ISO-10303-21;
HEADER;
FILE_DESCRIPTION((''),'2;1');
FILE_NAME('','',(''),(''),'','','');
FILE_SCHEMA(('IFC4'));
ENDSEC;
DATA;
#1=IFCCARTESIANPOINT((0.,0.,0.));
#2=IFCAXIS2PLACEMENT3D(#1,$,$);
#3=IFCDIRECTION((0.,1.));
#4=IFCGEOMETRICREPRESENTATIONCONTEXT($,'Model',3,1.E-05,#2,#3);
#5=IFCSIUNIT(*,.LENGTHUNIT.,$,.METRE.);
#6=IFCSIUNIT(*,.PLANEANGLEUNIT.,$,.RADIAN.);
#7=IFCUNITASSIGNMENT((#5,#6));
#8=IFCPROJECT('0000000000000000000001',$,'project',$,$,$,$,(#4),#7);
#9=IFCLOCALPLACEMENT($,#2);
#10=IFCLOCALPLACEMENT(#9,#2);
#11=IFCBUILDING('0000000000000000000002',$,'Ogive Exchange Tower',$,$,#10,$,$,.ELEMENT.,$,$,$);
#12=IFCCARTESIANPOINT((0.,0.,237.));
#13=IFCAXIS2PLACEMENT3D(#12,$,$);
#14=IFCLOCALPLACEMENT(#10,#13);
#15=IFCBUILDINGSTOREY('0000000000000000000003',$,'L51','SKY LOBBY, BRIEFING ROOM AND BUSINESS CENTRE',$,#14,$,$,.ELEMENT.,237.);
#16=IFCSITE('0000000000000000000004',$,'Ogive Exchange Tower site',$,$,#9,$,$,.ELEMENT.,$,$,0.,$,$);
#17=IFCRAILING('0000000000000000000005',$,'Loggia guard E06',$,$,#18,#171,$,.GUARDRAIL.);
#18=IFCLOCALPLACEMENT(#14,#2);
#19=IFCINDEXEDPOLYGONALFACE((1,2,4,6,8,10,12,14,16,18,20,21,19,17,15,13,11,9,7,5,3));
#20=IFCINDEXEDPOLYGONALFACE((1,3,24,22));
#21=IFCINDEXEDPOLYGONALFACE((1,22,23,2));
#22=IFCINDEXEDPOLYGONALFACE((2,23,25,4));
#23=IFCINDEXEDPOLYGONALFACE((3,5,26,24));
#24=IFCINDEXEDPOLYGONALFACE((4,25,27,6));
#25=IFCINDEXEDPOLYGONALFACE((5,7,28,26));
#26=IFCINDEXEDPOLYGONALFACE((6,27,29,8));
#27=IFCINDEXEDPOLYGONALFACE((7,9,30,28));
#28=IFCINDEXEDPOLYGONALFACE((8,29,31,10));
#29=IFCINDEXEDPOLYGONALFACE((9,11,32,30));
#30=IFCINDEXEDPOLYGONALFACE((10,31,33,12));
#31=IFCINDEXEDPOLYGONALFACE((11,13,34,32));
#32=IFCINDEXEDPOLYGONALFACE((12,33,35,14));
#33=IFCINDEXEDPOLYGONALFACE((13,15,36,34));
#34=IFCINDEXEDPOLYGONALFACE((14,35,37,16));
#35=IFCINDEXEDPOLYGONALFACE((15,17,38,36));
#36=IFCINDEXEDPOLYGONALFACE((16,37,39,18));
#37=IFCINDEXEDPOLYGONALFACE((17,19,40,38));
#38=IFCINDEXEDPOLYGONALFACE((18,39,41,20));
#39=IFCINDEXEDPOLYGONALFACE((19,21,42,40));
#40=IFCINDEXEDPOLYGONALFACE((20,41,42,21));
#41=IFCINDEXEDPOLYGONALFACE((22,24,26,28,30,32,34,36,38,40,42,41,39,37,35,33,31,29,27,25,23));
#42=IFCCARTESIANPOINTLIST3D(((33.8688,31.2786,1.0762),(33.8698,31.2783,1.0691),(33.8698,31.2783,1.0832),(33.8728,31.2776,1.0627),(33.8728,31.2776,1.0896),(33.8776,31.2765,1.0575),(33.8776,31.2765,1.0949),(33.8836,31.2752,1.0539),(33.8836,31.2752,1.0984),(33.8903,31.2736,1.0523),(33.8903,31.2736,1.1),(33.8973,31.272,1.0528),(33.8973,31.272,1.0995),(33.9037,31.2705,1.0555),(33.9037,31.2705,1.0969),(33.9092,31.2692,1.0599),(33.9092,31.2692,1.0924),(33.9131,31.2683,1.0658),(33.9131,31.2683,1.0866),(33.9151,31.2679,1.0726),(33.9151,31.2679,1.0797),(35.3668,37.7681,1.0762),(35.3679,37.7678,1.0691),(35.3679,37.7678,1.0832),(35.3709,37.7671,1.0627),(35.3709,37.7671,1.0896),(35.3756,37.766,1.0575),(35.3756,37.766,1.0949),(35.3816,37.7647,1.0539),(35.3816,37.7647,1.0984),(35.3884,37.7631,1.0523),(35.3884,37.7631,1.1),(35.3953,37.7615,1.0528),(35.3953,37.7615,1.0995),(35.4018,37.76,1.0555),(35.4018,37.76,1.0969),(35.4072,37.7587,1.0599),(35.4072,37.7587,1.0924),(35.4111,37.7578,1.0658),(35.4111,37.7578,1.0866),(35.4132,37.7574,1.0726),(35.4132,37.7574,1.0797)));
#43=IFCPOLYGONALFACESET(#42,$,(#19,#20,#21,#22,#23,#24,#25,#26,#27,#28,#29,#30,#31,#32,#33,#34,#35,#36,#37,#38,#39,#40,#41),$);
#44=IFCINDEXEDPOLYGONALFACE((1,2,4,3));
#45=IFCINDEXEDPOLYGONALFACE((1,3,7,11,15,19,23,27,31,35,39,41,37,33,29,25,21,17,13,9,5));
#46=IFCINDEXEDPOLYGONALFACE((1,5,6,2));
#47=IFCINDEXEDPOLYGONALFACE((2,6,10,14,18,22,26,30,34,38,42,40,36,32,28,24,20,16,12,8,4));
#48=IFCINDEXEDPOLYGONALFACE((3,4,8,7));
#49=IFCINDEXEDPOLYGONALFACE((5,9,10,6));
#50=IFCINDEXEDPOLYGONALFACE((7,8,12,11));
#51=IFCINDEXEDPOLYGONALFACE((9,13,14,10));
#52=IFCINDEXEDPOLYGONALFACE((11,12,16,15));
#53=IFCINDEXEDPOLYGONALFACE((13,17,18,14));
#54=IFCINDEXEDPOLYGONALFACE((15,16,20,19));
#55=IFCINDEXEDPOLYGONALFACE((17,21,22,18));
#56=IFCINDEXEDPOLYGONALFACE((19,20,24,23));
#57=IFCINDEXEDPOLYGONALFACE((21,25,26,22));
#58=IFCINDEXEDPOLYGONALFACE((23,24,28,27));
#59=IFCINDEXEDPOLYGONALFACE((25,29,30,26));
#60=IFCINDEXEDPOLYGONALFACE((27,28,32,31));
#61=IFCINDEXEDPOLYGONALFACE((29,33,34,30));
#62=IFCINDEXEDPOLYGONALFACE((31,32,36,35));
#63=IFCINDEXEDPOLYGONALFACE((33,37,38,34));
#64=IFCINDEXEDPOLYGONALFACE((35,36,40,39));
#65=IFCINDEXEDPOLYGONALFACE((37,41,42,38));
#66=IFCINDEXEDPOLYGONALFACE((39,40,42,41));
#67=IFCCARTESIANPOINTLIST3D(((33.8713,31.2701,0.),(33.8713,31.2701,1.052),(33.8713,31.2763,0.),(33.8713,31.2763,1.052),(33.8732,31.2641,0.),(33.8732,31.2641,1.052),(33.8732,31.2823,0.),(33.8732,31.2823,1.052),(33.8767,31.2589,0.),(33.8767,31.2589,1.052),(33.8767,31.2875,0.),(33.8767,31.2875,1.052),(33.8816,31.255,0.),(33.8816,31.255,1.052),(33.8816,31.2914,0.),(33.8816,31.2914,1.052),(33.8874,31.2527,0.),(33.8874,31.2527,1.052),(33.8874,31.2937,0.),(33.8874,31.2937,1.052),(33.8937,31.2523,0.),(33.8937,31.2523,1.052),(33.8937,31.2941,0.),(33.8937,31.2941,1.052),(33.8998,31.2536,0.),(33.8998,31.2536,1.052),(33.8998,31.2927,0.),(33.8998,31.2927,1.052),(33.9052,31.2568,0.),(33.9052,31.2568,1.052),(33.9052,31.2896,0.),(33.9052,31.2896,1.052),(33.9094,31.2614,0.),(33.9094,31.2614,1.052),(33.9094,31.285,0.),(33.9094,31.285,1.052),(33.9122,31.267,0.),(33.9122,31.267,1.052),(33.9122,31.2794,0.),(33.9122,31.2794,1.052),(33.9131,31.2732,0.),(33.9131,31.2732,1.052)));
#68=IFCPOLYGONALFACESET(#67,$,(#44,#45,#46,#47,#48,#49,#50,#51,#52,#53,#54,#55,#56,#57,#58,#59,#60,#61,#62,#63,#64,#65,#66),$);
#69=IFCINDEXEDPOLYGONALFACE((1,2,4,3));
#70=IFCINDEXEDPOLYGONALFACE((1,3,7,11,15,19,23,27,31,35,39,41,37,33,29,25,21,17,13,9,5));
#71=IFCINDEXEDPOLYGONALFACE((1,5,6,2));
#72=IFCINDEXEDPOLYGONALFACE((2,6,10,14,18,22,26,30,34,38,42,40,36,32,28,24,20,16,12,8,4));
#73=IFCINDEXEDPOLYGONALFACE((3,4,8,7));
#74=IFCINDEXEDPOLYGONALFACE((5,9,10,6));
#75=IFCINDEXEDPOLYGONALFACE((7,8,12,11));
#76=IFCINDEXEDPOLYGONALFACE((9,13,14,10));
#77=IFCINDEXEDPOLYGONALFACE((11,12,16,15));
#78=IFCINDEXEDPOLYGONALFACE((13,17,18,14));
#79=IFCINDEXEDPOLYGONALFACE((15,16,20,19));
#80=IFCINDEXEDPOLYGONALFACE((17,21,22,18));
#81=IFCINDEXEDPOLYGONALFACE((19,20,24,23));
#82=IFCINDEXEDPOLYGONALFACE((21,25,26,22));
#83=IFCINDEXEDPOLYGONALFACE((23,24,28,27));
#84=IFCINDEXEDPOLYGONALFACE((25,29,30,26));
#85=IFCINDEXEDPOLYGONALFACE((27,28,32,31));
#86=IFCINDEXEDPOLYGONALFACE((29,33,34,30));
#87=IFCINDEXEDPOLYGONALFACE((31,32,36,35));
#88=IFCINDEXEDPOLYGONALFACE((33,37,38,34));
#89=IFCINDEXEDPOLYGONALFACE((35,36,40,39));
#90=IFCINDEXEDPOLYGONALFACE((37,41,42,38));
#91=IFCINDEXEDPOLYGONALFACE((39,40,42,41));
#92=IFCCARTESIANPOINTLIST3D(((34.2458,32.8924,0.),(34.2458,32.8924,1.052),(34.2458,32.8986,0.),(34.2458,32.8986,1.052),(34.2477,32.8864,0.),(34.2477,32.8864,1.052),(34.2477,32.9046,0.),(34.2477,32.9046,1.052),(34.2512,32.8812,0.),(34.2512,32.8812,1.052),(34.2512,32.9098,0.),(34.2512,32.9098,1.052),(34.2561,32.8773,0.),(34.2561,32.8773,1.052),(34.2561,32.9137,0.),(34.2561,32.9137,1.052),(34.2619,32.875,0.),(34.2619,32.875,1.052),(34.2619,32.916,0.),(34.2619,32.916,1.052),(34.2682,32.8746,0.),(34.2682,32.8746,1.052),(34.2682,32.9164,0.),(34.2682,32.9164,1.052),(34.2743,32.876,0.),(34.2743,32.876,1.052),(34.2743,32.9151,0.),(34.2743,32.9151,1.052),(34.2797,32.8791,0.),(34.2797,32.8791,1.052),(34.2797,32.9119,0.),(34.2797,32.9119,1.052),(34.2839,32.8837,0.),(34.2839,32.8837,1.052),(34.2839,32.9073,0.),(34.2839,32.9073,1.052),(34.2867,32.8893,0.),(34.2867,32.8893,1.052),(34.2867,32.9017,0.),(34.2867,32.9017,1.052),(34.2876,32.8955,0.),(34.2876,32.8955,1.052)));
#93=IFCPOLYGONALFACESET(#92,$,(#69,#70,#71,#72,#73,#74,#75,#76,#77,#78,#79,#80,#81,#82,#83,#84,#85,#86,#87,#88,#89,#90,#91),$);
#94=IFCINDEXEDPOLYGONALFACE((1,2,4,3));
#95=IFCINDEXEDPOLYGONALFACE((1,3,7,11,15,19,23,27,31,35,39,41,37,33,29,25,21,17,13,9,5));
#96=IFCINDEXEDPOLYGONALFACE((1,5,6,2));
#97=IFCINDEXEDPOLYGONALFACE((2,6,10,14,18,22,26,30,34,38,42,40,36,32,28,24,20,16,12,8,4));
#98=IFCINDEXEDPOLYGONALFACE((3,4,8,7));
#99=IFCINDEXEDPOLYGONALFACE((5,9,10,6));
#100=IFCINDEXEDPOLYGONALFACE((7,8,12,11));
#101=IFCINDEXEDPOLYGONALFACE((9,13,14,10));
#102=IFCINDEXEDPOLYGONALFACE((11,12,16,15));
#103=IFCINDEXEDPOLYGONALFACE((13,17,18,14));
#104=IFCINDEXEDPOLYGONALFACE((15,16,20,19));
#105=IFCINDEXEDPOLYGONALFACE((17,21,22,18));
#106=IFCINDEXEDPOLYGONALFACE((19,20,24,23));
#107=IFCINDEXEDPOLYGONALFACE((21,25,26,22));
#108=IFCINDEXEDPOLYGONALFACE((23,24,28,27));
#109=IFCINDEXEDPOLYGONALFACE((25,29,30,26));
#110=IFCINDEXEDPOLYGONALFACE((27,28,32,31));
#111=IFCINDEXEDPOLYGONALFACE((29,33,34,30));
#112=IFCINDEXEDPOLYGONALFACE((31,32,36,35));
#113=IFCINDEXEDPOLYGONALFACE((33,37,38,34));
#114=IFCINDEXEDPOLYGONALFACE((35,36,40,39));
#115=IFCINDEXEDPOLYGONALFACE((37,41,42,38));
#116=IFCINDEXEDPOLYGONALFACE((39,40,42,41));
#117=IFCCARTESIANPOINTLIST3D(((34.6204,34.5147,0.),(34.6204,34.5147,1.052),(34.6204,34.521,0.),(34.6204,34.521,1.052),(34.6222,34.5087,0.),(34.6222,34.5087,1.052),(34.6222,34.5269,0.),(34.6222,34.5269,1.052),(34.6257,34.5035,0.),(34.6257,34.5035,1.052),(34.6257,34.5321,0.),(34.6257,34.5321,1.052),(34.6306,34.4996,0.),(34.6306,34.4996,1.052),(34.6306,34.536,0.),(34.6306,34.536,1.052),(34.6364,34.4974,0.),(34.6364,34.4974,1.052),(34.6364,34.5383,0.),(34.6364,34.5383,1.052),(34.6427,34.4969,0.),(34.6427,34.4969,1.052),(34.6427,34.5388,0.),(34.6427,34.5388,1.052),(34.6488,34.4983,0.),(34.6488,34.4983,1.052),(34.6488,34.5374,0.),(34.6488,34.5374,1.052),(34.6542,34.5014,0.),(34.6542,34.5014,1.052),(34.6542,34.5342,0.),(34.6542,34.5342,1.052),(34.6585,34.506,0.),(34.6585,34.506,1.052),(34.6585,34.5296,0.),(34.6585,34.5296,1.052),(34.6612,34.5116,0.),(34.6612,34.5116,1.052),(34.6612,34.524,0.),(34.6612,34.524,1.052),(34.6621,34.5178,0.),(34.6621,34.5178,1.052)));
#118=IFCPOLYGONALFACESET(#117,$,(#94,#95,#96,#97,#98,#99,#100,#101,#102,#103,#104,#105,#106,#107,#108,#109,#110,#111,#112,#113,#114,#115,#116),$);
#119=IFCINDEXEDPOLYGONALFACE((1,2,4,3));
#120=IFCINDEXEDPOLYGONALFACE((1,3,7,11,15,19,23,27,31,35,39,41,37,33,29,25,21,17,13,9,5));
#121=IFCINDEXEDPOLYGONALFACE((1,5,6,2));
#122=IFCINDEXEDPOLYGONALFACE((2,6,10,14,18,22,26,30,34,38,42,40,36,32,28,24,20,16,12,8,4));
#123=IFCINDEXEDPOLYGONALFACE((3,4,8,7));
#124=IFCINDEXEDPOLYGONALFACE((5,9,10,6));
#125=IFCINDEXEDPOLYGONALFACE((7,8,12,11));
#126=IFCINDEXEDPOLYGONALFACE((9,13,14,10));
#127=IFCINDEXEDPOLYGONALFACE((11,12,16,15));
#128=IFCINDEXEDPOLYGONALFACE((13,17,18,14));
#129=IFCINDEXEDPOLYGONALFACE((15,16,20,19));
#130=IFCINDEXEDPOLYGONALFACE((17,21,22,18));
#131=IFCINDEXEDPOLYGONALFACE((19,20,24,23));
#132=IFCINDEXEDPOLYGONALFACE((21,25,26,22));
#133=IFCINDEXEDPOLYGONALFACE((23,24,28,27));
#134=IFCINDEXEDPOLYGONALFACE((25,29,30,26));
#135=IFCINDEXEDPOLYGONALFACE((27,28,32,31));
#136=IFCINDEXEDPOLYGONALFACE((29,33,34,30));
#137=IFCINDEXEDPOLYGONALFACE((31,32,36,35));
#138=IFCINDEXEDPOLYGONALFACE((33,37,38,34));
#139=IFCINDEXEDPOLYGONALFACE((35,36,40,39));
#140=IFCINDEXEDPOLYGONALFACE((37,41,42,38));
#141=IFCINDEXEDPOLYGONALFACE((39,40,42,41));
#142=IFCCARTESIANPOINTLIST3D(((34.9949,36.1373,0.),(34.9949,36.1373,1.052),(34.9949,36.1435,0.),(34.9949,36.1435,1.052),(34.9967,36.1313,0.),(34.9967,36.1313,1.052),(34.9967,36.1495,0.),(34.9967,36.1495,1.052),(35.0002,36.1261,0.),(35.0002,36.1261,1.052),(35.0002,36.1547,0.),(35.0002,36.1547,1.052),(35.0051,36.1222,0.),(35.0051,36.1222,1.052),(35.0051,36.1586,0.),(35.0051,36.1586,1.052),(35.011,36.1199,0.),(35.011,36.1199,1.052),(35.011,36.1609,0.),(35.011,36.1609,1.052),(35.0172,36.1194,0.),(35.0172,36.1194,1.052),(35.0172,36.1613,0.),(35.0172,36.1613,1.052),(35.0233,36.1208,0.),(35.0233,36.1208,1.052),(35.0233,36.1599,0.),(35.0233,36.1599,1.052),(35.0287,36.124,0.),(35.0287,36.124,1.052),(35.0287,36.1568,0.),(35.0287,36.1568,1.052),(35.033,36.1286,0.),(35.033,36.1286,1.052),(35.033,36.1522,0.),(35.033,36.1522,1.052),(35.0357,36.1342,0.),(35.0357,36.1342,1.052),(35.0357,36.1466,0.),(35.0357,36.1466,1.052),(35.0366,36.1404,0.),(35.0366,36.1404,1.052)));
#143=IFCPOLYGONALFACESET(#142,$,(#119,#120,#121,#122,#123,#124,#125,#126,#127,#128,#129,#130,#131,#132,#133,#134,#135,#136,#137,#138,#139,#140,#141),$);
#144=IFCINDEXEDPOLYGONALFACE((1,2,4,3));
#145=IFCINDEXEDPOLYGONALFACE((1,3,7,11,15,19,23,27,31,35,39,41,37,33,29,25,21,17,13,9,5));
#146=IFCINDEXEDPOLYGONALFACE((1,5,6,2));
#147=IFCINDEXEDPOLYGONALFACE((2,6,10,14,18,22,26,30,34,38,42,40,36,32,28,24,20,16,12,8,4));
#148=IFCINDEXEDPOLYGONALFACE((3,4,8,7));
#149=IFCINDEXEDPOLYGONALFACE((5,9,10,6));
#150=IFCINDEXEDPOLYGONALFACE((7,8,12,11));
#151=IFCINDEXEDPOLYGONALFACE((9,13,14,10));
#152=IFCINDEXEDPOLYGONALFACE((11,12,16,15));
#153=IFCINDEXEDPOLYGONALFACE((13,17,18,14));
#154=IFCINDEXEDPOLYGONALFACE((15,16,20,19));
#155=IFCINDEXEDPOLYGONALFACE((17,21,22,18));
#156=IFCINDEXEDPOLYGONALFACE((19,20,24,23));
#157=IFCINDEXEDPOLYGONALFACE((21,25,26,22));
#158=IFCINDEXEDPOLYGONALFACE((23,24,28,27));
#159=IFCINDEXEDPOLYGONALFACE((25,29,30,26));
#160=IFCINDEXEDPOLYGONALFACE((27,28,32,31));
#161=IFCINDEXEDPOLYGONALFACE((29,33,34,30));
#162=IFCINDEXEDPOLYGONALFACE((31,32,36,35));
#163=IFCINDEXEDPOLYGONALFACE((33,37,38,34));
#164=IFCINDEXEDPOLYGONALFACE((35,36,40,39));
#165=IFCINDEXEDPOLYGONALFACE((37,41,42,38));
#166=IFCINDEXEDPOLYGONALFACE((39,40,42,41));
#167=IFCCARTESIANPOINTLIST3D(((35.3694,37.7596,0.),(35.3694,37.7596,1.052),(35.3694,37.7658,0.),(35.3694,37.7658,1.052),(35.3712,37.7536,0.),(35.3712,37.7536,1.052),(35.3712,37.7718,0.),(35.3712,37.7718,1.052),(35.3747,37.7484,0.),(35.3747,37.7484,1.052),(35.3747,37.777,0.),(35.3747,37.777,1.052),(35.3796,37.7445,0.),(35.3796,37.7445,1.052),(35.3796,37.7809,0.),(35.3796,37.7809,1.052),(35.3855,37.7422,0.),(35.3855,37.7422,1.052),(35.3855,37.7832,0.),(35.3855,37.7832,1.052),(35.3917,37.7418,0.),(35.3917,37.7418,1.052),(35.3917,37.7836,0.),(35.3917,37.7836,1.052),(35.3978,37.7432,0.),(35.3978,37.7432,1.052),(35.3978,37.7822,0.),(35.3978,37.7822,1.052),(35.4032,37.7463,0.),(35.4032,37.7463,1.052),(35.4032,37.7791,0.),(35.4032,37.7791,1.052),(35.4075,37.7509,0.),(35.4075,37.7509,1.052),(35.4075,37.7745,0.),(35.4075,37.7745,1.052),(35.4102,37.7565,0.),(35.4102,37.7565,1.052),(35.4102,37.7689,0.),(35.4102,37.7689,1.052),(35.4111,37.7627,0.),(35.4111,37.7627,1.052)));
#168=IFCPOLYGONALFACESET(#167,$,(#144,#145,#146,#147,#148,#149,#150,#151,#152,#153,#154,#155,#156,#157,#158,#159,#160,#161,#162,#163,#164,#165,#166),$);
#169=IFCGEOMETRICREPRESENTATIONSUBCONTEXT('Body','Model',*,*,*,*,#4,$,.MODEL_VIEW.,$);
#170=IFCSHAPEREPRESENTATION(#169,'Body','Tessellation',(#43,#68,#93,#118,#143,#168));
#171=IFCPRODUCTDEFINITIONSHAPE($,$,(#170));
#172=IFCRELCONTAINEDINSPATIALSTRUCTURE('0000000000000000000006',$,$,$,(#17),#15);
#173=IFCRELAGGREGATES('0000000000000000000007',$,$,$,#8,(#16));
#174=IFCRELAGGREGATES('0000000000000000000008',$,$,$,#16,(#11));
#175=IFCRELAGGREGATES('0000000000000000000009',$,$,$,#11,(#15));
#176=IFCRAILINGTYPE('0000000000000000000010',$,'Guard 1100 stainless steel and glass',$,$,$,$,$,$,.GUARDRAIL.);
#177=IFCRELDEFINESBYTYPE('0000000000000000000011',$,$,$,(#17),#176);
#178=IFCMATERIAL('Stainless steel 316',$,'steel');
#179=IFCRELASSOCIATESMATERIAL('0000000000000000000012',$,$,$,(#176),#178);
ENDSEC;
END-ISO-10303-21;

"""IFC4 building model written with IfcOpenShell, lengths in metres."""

from ifc_helpers import new_model, si_unit, direction, frame, origin, origin_2d, place, context, subcontext, project, spatial, circle, extrude, material, type_object, element, save


model = new_model("IFC4")

# Units and contexts
model_context = context("Model", 3, precision=1e-05, world=origin(), true_north=direction((0.0, 1.0)))
body_context = subcontext(model_context, "Body", "Model", "MODEL_VIEW")
ifc_project = project(units=[si_unit("LENGTHUNIT", "METRE"), si_unit("PLANEANGLEUNIT", "RADIAN")], contexts=[model_context])

# Site, building, storey
site_placement = place(None, origin())
site = spatial("IfcSite", under=ifc_project, at=site_placement, Name="Ogive Exchange Tower site", CompositionType="ELEMENT", RefElevation=0.0)
building_placement = place(site_placement, origin())
building = spatial("IfcBuilding", under=site, at=building_placement, Name="Ogive Exchange Tower", CompositionType="ELEMENT")
storey_placement = place(building_placement, frame((0.0, 0.0, 237.0)))
storey = spatial("IfcBuildingStorey", under=building, at=storey_placement, Name="L51", Description="SKY LOBBY, BRIEFING ROOM AND BUSINESS CENTRE", CompositionType="ELEMENT", Elevation=237.0)

# Railing
ifc_material_1 = material(Name="Stainless steel 316", Category="steel")
railing_type = type_object("IfcRailingType", Name="Guard 1100 stainless steel and glass", PredefinedType="GUARDRAIL", material=ifc_material_1)
railing_placement = place(storey_placement, frame((33.8921, 31.2732, 0.0)))
element("IfcRailing", 1, at=railing_placement, inside=storey, type_object=railing_type, Name="Loggia guard E06", PredefinedType="GUARDRAIL", context=body_context, shape_type="SweptSolid", body=[
    extrude(circle(Radius=0.0239, at=origin_2d()), frame((0.0, 0.0, 1.0762), z_axis=(0.224926, 0.974376, 0.0), x_axis=(-0.974376, 0.224926, 0.0)), (0.0, 0.0, 1.0), 6.6602),
    extrude(circle(Radius=0.021, at=origin_2d()), origin(), (0.0, 0.0, 1.0), 1.052),
    extrude(circle(Radius=0.021, at=origin_2d()), frame((0.3745, 1.6223, 0.0)), (0.0, 0.0, 1.0), 1.052),
    extrude(circle(Radius=0.021, at=origin_2d()), frame((0.749, 3.2446, 0.0)), (0.0, 0.0, 1.0), 1.052),
    extrude(circle(Radius=0.021, at=origin_2d()), frame((1.1235, 4.8672, 0.0)), (0.0, 0.0, 1.0), 1.052),
    extrude(circle(Radius=0.021, at=origin_2d()), frame((1.498, 6.4895, 0.0)), (0.0, 0.0, 1.0), 1.052),
])

save(model, "model.ifc")
